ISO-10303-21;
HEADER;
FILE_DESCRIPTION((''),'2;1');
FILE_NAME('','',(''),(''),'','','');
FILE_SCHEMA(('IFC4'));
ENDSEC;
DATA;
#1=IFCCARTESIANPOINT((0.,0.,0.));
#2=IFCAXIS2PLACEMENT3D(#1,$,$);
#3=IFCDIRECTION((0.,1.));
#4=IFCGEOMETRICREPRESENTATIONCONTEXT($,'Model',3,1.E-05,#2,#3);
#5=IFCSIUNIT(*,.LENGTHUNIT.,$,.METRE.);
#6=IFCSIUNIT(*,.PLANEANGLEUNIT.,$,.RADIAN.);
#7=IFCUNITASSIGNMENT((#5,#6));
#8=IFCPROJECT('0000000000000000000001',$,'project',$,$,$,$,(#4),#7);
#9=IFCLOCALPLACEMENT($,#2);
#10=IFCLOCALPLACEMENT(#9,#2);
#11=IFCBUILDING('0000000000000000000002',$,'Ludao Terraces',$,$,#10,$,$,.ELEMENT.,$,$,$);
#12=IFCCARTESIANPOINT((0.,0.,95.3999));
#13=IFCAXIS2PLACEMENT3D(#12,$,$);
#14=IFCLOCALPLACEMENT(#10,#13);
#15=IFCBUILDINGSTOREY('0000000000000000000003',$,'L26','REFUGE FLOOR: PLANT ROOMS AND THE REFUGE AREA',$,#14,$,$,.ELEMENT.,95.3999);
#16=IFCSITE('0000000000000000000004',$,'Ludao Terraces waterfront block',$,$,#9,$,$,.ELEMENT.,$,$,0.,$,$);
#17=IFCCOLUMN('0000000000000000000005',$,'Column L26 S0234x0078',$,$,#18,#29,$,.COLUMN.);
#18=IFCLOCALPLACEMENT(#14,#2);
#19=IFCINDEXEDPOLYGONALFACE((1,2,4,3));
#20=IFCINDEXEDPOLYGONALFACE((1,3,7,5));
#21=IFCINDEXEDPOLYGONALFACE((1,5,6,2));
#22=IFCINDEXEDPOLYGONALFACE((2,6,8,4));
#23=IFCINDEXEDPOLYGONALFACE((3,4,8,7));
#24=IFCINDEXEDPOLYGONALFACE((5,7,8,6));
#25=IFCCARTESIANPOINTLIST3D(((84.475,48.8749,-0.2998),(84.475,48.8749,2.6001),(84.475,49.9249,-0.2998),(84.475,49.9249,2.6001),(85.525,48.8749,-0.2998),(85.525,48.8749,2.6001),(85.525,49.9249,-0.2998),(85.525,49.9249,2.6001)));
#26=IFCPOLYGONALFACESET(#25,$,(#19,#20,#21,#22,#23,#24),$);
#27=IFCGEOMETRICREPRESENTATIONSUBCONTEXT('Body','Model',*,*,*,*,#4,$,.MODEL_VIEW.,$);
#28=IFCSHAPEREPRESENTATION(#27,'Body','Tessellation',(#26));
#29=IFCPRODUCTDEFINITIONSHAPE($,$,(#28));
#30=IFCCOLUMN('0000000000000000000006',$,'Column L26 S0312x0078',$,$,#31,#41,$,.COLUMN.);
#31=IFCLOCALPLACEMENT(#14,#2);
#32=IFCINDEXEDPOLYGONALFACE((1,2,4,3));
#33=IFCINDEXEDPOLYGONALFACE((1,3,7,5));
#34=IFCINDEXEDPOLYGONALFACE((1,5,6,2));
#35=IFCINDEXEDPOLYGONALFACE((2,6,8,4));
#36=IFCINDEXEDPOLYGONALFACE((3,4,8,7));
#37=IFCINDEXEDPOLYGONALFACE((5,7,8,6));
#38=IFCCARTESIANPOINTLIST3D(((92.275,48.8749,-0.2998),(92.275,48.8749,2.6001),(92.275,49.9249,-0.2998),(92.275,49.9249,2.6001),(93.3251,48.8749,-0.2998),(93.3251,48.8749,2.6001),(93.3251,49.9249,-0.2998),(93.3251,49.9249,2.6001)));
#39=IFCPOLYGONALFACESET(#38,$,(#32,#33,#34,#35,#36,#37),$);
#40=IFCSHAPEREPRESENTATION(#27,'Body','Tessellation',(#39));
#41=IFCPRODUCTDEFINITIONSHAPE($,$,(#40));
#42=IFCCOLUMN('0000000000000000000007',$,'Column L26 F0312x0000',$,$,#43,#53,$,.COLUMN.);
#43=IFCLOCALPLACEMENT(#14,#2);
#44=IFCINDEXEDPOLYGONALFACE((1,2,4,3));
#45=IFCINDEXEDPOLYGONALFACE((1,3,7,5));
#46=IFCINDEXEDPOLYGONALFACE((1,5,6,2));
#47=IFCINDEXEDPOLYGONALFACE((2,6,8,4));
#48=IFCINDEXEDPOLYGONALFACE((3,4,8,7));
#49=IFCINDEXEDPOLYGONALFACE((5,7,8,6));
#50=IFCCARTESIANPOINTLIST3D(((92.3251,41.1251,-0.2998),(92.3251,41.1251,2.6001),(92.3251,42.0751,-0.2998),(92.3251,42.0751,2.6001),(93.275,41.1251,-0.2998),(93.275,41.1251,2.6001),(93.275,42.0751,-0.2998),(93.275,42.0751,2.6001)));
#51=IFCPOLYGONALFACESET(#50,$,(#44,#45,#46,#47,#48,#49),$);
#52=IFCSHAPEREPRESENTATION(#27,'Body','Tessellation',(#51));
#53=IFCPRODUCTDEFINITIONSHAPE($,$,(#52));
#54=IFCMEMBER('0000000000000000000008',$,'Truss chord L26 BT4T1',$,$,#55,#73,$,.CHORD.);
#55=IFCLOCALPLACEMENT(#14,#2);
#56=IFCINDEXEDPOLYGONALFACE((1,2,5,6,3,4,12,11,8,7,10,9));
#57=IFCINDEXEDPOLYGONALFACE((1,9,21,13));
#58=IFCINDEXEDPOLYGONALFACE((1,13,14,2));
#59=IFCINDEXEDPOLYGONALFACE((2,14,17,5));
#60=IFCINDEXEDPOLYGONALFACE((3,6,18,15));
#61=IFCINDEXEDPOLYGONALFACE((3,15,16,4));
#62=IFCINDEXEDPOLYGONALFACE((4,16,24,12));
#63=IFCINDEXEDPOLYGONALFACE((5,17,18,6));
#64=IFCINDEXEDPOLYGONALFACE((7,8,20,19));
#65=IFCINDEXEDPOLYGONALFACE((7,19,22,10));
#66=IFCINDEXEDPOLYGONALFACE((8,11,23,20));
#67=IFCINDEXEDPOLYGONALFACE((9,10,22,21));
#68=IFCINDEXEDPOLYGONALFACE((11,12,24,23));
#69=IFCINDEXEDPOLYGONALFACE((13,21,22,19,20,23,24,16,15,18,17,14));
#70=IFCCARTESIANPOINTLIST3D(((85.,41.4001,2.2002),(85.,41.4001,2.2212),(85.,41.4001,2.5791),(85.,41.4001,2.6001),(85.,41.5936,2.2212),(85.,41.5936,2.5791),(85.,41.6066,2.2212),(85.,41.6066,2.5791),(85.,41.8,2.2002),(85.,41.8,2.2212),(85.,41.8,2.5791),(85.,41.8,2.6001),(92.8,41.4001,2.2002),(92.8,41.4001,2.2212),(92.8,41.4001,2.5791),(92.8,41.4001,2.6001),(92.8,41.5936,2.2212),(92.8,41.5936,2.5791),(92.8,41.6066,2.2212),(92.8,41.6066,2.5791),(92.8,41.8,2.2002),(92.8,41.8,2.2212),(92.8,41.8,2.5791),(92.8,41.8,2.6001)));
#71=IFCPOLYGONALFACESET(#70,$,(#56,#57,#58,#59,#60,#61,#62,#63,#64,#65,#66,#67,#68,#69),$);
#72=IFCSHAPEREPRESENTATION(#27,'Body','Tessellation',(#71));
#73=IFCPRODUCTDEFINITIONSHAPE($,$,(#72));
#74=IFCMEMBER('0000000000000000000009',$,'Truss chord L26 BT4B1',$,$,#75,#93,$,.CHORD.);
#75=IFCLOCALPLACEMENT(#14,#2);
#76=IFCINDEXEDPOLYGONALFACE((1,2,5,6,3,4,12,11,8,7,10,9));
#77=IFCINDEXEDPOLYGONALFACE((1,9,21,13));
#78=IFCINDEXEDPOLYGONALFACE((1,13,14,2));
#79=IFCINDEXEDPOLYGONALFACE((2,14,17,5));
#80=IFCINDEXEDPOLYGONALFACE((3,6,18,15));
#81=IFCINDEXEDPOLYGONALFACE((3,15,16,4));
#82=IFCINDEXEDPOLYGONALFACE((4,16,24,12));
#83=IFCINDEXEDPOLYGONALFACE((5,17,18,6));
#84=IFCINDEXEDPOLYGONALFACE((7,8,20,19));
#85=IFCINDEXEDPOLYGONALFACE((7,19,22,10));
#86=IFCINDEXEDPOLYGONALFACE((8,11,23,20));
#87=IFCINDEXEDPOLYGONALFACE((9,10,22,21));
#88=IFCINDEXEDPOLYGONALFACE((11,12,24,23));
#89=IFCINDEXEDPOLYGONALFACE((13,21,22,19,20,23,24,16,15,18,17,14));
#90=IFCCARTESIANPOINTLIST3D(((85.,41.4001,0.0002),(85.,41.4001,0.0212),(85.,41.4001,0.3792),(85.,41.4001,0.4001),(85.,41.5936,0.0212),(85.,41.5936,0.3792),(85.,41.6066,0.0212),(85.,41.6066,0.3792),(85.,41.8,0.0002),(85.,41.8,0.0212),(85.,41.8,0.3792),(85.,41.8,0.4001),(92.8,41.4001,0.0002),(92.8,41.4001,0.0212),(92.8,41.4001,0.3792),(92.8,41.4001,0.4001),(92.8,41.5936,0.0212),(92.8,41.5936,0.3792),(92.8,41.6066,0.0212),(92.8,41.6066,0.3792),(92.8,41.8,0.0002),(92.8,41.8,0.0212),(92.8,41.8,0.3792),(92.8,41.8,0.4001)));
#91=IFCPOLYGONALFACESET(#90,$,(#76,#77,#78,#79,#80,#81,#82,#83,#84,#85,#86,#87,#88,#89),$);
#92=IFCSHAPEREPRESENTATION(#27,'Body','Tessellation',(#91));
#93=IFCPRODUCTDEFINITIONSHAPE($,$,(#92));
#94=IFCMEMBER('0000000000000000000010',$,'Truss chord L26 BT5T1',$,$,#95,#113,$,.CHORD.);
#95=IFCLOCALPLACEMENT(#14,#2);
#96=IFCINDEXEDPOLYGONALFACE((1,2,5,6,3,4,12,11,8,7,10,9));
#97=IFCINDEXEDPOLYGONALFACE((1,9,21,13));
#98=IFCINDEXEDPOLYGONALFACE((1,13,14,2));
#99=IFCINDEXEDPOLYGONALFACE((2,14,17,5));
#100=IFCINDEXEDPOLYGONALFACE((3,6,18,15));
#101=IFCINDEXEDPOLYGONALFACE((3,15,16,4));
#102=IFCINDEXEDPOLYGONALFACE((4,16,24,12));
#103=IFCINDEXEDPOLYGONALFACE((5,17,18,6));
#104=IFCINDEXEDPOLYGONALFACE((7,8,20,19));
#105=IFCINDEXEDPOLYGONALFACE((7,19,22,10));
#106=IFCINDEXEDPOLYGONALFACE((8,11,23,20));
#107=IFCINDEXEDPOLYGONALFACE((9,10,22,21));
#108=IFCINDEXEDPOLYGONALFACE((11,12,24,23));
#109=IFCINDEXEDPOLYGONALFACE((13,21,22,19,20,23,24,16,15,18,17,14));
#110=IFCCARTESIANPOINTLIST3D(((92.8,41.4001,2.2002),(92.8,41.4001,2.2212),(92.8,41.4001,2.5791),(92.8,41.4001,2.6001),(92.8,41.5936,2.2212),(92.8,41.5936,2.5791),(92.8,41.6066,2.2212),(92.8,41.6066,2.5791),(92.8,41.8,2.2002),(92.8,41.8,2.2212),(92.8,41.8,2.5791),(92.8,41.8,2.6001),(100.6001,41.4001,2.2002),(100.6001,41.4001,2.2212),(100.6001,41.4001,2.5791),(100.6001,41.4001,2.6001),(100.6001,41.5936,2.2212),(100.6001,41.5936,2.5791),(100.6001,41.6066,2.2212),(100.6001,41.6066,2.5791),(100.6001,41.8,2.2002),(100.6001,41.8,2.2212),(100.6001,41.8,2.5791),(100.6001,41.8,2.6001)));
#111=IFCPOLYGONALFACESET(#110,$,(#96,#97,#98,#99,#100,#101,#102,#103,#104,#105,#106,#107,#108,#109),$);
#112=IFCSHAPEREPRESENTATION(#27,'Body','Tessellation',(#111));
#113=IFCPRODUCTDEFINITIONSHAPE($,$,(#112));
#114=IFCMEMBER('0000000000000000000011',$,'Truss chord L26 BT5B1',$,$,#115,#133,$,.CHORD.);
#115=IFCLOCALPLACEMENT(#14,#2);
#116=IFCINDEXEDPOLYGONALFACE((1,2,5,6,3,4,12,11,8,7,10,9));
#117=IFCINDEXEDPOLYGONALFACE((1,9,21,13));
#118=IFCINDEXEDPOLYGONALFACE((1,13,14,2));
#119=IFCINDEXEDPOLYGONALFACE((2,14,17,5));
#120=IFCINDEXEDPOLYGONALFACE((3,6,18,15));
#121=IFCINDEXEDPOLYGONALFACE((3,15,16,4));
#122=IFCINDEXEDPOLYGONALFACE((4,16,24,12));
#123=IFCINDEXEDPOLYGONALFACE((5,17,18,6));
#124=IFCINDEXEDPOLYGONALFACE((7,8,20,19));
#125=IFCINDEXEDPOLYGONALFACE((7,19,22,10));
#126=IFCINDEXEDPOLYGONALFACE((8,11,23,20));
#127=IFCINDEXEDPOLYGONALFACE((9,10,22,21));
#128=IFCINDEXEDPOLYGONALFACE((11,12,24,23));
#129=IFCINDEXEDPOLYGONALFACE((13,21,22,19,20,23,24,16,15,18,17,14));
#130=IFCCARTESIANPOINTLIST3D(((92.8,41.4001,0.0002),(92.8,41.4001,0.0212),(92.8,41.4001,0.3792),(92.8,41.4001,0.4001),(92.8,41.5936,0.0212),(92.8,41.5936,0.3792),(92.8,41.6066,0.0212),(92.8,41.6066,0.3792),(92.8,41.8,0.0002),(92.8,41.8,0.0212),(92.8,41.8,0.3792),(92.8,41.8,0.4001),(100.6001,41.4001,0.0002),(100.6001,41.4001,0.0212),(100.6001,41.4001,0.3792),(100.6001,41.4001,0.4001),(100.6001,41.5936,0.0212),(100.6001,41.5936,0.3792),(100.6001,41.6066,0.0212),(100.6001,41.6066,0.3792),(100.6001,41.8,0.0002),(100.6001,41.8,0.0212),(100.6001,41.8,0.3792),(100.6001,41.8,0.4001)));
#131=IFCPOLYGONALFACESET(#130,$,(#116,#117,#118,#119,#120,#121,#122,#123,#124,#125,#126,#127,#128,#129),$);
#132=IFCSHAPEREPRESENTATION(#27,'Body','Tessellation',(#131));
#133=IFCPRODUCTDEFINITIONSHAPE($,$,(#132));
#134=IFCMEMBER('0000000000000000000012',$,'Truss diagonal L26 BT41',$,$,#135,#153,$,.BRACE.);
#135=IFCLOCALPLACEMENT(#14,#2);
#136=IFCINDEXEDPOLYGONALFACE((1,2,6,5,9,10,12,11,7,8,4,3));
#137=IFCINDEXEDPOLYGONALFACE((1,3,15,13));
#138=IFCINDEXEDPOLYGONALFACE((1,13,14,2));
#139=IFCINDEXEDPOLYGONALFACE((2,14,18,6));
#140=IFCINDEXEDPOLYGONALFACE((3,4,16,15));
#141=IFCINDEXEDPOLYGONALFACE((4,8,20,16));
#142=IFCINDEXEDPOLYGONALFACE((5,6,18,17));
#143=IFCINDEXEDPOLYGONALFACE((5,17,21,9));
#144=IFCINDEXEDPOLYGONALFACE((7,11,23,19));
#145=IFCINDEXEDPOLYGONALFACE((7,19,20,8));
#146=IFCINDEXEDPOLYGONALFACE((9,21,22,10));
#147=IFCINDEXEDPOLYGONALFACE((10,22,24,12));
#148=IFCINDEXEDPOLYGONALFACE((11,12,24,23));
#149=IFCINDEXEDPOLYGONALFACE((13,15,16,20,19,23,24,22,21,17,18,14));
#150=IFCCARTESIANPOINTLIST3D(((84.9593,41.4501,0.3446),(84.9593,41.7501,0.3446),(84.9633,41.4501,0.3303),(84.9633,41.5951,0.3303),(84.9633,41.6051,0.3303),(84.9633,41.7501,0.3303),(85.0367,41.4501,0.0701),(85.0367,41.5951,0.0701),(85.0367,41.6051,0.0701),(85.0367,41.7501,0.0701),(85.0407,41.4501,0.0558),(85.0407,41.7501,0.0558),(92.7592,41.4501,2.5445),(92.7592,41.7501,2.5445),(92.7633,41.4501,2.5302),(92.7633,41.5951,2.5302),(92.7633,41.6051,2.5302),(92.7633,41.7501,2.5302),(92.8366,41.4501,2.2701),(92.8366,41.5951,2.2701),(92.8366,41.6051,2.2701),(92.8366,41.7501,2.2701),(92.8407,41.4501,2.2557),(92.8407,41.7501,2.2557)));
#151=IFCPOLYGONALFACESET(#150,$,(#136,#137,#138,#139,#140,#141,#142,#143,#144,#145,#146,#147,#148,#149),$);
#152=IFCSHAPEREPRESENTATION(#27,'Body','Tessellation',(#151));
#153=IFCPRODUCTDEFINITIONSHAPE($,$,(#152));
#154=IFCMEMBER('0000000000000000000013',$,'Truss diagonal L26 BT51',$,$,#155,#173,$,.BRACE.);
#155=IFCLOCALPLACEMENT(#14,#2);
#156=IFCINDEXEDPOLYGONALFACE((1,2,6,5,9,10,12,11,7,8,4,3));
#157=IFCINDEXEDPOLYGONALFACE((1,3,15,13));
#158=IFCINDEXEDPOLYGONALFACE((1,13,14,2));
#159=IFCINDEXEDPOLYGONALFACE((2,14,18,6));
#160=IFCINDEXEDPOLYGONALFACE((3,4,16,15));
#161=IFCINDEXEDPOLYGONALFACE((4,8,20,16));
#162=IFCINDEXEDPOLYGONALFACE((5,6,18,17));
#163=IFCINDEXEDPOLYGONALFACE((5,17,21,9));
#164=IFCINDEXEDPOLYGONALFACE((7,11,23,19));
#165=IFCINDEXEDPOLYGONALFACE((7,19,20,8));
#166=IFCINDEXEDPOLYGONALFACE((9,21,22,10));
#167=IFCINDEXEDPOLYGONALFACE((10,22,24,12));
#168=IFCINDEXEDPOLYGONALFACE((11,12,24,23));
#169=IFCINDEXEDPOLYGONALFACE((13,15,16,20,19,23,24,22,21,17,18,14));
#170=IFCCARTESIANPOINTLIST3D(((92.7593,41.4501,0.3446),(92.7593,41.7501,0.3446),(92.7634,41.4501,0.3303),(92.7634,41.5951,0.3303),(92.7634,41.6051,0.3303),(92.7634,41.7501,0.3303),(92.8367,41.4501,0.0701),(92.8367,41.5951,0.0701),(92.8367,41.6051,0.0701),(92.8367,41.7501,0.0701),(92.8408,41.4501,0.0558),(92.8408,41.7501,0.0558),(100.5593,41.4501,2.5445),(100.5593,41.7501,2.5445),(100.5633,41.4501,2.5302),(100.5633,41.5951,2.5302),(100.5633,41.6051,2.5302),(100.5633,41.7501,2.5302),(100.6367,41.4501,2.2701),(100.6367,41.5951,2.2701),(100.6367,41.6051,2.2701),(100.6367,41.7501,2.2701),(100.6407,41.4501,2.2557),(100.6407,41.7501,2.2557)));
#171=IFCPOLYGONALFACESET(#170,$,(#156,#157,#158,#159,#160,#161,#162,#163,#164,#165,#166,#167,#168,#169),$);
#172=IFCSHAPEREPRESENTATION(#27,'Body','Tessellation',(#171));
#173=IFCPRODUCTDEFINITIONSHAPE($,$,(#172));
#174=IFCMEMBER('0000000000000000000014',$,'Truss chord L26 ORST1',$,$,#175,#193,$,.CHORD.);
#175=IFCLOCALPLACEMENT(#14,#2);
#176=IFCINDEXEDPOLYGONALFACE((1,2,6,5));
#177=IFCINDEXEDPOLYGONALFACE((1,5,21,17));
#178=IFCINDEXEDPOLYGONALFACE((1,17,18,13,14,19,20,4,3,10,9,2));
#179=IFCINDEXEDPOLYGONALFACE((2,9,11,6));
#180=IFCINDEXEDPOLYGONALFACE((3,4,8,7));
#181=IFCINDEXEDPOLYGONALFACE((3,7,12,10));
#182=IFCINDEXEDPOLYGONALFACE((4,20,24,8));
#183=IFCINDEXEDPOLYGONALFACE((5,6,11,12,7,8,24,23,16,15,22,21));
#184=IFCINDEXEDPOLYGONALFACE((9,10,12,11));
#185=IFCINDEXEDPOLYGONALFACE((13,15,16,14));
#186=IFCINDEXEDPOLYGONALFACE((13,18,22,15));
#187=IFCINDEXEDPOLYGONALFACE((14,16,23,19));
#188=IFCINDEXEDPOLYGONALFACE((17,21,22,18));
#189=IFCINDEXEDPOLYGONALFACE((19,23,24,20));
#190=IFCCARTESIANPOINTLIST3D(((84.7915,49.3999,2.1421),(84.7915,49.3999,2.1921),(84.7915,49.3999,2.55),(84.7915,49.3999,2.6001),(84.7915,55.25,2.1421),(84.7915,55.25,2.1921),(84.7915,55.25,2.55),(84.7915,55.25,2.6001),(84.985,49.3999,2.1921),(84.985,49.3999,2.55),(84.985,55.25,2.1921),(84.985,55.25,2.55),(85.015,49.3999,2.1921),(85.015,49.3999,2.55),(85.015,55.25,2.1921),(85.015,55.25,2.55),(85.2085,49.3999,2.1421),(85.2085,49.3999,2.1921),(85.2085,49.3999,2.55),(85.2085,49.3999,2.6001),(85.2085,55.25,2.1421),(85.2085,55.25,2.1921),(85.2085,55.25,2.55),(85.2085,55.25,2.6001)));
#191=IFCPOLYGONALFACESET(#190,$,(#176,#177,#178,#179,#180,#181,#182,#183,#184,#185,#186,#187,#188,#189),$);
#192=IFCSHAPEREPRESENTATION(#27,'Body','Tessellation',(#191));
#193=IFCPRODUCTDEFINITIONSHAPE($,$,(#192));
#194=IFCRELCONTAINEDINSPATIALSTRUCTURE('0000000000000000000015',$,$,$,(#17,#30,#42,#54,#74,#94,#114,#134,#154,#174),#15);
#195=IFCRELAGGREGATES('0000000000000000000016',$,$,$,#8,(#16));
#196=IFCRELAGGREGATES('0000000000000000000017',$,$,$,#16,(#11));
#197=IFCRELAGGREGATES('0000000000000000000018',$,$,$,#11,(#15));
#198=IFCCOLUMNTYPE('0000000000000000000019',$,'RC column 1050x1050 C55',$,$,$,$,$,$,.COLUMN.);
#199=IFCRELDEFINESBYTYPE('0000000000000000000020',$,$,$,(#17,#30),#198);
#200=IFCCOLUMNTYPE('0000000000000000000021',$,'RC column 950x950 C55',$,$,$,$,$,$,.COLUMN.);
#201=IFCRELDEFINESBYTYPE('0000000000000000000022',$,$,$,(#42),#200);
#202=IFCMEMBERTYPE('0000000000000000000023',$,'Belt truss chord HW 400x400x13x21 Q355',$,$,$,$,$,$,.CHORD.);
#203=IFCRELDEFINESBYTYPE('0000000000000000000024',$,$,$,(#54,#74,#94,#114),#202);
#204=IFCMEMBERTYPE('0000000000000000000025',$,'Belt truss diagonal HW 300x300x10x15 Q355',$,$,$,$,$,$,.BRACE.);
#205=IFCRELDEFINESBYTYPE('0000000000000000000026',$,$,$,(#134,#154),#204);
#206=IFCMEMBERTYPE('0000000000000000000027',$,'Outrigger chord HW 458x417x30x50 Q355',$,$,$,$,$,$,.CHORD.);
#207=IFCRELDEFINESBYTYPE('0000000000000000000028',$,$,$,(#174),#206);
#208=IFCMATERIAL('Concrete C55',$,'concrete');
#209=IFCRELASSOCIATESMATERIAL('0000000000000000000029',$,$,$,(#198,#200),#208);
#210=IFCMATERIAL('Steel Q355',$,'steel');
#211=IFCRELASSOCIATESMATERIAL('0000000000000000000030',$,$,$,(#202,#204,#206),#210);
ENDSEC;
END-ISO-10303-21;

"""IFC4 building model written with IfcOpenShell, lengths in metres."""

from ifc_helpers import new_model, si_unit, direction, frame, origin, origin_2d, place, context, subcontext, project, spatial, rectangle, i_section, extrude, material, material_profile, profile_set, type_object, element, save


model = new_model("IFC4")

# Units and contexts
model_context = context("Model", 3, precision=1e-05, world=origin(), true_north=direction((0.0, 1.0)))
body_context = subcontext(model_context, "Body", "Model", "MODEL_VIEW")
ifc_project = project(units=[si_unit("LENGTHUNIT", "METRE"), si_unit("PLANEANGLEUNIT", "RADIAN")], contexts=[model_context])

# Site, building, storey
site_placement = place(None, origin())
site = spatial("IfcSite", under=ifc_project, at=site_placement, Name="Ludao Terraces waterfront block", CompositionType="ELEMENT", RefElevation=0.0)
building_placement = place(site_placement, origin())
building = spatial("IfcBuilding", under=site, at=building_placement, Name="Ludao Terraces", CompositionType="ELEMENT")
storey_placement = place(building_placement, frame((0.0, 0.0, 95.3999)))
storey = spatial("IfcBuildingStorey", under=building, at=storey_placement, Name="L26", Description="REFUGE FLOOR: PLANT ROOMS AND THE REFUGE AREA", CompositionType="ELEMENT", Elevation=95.3999)

# Columns
ifc_material_1 = material(Name="Concrete C55", Category="concrete")
ifc_material_profile_1 = material_profile(ifc_material_1, rectangle(XDim=1.05, YDim=1.05, at=origin_2d()), Name="1050 X 1050")
ifc_profile_set_1 = profile_set([ifc_material_profile_1], Name="Concrete C55")
column_type_1 = type_object("IfcColumnType", Name="RC column 1050x1050 C55", PredefinedType="COLUMN", material=ifc_profile_set_1)
for number, where, z_axis, x_axis, name in (
    (1, (85.0, 49.3999, -0.2998), (0.0, 0.0, 1.0), (1.0, 0.0, 0.0), "Column L26 S0234x0078"),
    (2, (92.8, 49.3999, -0.2998), (0.0, 0.0, 1.0), (1.0, 0.0, 0.0), "Column L26 S0312x0078"),
):
    element("IfcColumn", number, at=place(storey_placement, frame(where, z_axis=z_axis, x_axis=x_axis)), inside=storey, type_object=column_type_1, Name=name, PredefinedType="COLUMN", context=body_context, shape_type="SweptSolid", body=[
        extrude(rectangle(XDim=1.05, YDim=1.05, at=origin_2d()), origin(), (0.0, 0.0, 1.0), 2.8999),
    ])
ifc_material_profile_2 = material_profile(ifc_material_1, rectangle(XDim=0.95, YDim=0.95, at=origin_2d()), Name="950 X 950")
ifc_profile_set_2 = profile_set([ifc_material_profile_2], Name="Concrete C55")
column_type_2 = type_object("IfcColumnType", Name="RC column 950x950 C55", PredefinedType="COLUMN", material=ifc_profile_set_2)
column_placement = place(storey_placement, frame((92.8, 41.6001, -0.2998), z_axis=(0.0, 0.0, 1.0), x_axis=(1.0, 0.0, 0.0)))
element("IfcColumn", 3, at=column_placement, inside=storey, type_object=column_type_2, Name="Column L26 F0312x0000", PredefinedType="COLUMN", context=body_context, shape_type="SweptSolid", body=[
    extrude(rectangle(XDim=0.95, YDim=0.95, at=origin_2d()), origin(), (0.0, 0.0, 1.0), 2.8999),
])

# Members
ifc_material_2 = material(Name="Steel Q355", Category="steel")
ifc_material_profile_3 = material_profile(ifc_material_2, i_section(OverallWidth=0.3999, OverallDepth=0.3999, WebThickness=0.0129, FlangeThickness=0.021, at=origin_2d()), Name="HW 400X400X13X21")
ifc_profile_set_3 = profile_set([ifc_material_profile_3], Name="Steel Q355")
member_type_1 = type_object("IfcMemberType", Name="Belt truss chord HW 400x400x13x21 Q355", PredefinedType="CHORD", material=ifc_profile_set_3)
for number, where, z_axis, x_axis, name in (
    (4, (85.0, 41.6001, 2.4001), (1.0, 0.0, 0.0), (0.0, 1.0, 0.0), "Truss chord L26 BT4T1"),
    (5, (85.0, 41.6001, 0.2002), (1.0, 0.0, 0.0), (0.0, 1.0, 0.0), "Truss chord L26 BT4B1"),
    (6, (92.8, 41.6001, 2.4001), (1.0, 0.0, 0.0), (0.0, 1.0, 0.0), "Truss chord L26 BT5T1"),
    (7, (92.8, 41.6001, 0.2002), (1.0, 0.0, 0.0), (0.0, 1.0, 0.0), "Truss chord L26 BT5B1"),
):
    element("IfcMember", number, at=place(storey_placement, frame(where, z_axis=z_axis, x_axis=x_axis)), inside=storey, type_object=member_type_1, Name=name, PredefinedType="CHORD", context=body_context, shape_type="SweptSolid", body=[
        extrude(i_section(OverallWidth=0.3999, OverallDepth=0.3999, WebThickness=0.0129, FlangeThickness=0.021, at=origin_2d()), origin(), (0.0, 0.0, 1.0), 7.8),
    ])
ifc_material_profile_4 = material_profile(ifc_material_2, i_section(OverallWidth=0.3, OverallDepth=0.3, WebThickness=0.01, FlangeThickness=0.0149, at=origin_2d()), Name="HW 300X300X10X15")
ifc_profile_set_4 = profile_set([ifc_material_profile_4], Name="Steel Q355")
member_type_2 = type_object("IfcMemberType", Name="Belt truss diagonal HW 300x300x10x15 Q355", PredefinedType="BRACE", material=ifc_profile_set_4)
for number, where, z_axis, x_axis, name in (
    (8, (85.0, 41.6001, 0.2002), (0.962452, 0.0, 0.271453), (0.0, 1.0, 0.0), "Truss diagonal L26 BT41"),
    (9, (92.8, 41.6001, 0.2002), (0.962452, 0.0, 0.271453), (0.0, 1.0, 0.0), "Truss diagonal L26 BT51"),
):
    element("IfcMember", number, at=place(storey_placement, frame(where, z_axis=z_axis, x_axis=x_axis)), inside=storey, type_object=member_type_2, Name=name, PredefinedType="BRACE", context=body_context, shape_type="SweptSolid", body=[
        extrude(i_section(OverallWidth=0.3, OverallDepth=0.3, WebThickness=0.01, FlangeThickness=0.0149, at=origin_2d()), origin(), (0.0, 0.0, 1.0), 8.1042),
    ])
ifc_material_profile_5 = material_profile(ifc_material_2, i_section(OverallWidth=0.417, OverallDepth=0.458, WebThickness=0.03, FlangeThickness=0.05, at=origin_2d()), Name="HW 458X417X30X50")
ifc_profile_set_5 = profile_set([ifc_material_profile_5], Name="Steel Q355")
member_type_3 = type_object("IfcMemberType", Name="Outrigger chord HW 458x417x30x50 Q355", PredefinedType="CHORD", material=ifc_profile_set_5)
for number, where, z_axis, x_axis, name in (
    (10, (85.0, 55.25, 2.3711), (0.0, -1.0, 0.0), (1.0, 0.0, 0.0), "Truss chord L26 ORST1"),
):
    element("IfcMember", number, at=place(storey_placement, frame(where, z_axis=z_axis, x_axis=x_axis)), inside=storey, type_object=member_type_3, Name=name, PredefinedType="CHORD", context=body_context, shape_type="SweptSolid", body=[
        extrude(i_section(OverallWidth=0.417, OverallDepth=0.458, WebThickness=0.03, FlangeThickness=0.05, at=origin_2d()), origin(), (0.0, 0.0, 1.0), 5.8501),
    ])

save(model, "model.ifc")
